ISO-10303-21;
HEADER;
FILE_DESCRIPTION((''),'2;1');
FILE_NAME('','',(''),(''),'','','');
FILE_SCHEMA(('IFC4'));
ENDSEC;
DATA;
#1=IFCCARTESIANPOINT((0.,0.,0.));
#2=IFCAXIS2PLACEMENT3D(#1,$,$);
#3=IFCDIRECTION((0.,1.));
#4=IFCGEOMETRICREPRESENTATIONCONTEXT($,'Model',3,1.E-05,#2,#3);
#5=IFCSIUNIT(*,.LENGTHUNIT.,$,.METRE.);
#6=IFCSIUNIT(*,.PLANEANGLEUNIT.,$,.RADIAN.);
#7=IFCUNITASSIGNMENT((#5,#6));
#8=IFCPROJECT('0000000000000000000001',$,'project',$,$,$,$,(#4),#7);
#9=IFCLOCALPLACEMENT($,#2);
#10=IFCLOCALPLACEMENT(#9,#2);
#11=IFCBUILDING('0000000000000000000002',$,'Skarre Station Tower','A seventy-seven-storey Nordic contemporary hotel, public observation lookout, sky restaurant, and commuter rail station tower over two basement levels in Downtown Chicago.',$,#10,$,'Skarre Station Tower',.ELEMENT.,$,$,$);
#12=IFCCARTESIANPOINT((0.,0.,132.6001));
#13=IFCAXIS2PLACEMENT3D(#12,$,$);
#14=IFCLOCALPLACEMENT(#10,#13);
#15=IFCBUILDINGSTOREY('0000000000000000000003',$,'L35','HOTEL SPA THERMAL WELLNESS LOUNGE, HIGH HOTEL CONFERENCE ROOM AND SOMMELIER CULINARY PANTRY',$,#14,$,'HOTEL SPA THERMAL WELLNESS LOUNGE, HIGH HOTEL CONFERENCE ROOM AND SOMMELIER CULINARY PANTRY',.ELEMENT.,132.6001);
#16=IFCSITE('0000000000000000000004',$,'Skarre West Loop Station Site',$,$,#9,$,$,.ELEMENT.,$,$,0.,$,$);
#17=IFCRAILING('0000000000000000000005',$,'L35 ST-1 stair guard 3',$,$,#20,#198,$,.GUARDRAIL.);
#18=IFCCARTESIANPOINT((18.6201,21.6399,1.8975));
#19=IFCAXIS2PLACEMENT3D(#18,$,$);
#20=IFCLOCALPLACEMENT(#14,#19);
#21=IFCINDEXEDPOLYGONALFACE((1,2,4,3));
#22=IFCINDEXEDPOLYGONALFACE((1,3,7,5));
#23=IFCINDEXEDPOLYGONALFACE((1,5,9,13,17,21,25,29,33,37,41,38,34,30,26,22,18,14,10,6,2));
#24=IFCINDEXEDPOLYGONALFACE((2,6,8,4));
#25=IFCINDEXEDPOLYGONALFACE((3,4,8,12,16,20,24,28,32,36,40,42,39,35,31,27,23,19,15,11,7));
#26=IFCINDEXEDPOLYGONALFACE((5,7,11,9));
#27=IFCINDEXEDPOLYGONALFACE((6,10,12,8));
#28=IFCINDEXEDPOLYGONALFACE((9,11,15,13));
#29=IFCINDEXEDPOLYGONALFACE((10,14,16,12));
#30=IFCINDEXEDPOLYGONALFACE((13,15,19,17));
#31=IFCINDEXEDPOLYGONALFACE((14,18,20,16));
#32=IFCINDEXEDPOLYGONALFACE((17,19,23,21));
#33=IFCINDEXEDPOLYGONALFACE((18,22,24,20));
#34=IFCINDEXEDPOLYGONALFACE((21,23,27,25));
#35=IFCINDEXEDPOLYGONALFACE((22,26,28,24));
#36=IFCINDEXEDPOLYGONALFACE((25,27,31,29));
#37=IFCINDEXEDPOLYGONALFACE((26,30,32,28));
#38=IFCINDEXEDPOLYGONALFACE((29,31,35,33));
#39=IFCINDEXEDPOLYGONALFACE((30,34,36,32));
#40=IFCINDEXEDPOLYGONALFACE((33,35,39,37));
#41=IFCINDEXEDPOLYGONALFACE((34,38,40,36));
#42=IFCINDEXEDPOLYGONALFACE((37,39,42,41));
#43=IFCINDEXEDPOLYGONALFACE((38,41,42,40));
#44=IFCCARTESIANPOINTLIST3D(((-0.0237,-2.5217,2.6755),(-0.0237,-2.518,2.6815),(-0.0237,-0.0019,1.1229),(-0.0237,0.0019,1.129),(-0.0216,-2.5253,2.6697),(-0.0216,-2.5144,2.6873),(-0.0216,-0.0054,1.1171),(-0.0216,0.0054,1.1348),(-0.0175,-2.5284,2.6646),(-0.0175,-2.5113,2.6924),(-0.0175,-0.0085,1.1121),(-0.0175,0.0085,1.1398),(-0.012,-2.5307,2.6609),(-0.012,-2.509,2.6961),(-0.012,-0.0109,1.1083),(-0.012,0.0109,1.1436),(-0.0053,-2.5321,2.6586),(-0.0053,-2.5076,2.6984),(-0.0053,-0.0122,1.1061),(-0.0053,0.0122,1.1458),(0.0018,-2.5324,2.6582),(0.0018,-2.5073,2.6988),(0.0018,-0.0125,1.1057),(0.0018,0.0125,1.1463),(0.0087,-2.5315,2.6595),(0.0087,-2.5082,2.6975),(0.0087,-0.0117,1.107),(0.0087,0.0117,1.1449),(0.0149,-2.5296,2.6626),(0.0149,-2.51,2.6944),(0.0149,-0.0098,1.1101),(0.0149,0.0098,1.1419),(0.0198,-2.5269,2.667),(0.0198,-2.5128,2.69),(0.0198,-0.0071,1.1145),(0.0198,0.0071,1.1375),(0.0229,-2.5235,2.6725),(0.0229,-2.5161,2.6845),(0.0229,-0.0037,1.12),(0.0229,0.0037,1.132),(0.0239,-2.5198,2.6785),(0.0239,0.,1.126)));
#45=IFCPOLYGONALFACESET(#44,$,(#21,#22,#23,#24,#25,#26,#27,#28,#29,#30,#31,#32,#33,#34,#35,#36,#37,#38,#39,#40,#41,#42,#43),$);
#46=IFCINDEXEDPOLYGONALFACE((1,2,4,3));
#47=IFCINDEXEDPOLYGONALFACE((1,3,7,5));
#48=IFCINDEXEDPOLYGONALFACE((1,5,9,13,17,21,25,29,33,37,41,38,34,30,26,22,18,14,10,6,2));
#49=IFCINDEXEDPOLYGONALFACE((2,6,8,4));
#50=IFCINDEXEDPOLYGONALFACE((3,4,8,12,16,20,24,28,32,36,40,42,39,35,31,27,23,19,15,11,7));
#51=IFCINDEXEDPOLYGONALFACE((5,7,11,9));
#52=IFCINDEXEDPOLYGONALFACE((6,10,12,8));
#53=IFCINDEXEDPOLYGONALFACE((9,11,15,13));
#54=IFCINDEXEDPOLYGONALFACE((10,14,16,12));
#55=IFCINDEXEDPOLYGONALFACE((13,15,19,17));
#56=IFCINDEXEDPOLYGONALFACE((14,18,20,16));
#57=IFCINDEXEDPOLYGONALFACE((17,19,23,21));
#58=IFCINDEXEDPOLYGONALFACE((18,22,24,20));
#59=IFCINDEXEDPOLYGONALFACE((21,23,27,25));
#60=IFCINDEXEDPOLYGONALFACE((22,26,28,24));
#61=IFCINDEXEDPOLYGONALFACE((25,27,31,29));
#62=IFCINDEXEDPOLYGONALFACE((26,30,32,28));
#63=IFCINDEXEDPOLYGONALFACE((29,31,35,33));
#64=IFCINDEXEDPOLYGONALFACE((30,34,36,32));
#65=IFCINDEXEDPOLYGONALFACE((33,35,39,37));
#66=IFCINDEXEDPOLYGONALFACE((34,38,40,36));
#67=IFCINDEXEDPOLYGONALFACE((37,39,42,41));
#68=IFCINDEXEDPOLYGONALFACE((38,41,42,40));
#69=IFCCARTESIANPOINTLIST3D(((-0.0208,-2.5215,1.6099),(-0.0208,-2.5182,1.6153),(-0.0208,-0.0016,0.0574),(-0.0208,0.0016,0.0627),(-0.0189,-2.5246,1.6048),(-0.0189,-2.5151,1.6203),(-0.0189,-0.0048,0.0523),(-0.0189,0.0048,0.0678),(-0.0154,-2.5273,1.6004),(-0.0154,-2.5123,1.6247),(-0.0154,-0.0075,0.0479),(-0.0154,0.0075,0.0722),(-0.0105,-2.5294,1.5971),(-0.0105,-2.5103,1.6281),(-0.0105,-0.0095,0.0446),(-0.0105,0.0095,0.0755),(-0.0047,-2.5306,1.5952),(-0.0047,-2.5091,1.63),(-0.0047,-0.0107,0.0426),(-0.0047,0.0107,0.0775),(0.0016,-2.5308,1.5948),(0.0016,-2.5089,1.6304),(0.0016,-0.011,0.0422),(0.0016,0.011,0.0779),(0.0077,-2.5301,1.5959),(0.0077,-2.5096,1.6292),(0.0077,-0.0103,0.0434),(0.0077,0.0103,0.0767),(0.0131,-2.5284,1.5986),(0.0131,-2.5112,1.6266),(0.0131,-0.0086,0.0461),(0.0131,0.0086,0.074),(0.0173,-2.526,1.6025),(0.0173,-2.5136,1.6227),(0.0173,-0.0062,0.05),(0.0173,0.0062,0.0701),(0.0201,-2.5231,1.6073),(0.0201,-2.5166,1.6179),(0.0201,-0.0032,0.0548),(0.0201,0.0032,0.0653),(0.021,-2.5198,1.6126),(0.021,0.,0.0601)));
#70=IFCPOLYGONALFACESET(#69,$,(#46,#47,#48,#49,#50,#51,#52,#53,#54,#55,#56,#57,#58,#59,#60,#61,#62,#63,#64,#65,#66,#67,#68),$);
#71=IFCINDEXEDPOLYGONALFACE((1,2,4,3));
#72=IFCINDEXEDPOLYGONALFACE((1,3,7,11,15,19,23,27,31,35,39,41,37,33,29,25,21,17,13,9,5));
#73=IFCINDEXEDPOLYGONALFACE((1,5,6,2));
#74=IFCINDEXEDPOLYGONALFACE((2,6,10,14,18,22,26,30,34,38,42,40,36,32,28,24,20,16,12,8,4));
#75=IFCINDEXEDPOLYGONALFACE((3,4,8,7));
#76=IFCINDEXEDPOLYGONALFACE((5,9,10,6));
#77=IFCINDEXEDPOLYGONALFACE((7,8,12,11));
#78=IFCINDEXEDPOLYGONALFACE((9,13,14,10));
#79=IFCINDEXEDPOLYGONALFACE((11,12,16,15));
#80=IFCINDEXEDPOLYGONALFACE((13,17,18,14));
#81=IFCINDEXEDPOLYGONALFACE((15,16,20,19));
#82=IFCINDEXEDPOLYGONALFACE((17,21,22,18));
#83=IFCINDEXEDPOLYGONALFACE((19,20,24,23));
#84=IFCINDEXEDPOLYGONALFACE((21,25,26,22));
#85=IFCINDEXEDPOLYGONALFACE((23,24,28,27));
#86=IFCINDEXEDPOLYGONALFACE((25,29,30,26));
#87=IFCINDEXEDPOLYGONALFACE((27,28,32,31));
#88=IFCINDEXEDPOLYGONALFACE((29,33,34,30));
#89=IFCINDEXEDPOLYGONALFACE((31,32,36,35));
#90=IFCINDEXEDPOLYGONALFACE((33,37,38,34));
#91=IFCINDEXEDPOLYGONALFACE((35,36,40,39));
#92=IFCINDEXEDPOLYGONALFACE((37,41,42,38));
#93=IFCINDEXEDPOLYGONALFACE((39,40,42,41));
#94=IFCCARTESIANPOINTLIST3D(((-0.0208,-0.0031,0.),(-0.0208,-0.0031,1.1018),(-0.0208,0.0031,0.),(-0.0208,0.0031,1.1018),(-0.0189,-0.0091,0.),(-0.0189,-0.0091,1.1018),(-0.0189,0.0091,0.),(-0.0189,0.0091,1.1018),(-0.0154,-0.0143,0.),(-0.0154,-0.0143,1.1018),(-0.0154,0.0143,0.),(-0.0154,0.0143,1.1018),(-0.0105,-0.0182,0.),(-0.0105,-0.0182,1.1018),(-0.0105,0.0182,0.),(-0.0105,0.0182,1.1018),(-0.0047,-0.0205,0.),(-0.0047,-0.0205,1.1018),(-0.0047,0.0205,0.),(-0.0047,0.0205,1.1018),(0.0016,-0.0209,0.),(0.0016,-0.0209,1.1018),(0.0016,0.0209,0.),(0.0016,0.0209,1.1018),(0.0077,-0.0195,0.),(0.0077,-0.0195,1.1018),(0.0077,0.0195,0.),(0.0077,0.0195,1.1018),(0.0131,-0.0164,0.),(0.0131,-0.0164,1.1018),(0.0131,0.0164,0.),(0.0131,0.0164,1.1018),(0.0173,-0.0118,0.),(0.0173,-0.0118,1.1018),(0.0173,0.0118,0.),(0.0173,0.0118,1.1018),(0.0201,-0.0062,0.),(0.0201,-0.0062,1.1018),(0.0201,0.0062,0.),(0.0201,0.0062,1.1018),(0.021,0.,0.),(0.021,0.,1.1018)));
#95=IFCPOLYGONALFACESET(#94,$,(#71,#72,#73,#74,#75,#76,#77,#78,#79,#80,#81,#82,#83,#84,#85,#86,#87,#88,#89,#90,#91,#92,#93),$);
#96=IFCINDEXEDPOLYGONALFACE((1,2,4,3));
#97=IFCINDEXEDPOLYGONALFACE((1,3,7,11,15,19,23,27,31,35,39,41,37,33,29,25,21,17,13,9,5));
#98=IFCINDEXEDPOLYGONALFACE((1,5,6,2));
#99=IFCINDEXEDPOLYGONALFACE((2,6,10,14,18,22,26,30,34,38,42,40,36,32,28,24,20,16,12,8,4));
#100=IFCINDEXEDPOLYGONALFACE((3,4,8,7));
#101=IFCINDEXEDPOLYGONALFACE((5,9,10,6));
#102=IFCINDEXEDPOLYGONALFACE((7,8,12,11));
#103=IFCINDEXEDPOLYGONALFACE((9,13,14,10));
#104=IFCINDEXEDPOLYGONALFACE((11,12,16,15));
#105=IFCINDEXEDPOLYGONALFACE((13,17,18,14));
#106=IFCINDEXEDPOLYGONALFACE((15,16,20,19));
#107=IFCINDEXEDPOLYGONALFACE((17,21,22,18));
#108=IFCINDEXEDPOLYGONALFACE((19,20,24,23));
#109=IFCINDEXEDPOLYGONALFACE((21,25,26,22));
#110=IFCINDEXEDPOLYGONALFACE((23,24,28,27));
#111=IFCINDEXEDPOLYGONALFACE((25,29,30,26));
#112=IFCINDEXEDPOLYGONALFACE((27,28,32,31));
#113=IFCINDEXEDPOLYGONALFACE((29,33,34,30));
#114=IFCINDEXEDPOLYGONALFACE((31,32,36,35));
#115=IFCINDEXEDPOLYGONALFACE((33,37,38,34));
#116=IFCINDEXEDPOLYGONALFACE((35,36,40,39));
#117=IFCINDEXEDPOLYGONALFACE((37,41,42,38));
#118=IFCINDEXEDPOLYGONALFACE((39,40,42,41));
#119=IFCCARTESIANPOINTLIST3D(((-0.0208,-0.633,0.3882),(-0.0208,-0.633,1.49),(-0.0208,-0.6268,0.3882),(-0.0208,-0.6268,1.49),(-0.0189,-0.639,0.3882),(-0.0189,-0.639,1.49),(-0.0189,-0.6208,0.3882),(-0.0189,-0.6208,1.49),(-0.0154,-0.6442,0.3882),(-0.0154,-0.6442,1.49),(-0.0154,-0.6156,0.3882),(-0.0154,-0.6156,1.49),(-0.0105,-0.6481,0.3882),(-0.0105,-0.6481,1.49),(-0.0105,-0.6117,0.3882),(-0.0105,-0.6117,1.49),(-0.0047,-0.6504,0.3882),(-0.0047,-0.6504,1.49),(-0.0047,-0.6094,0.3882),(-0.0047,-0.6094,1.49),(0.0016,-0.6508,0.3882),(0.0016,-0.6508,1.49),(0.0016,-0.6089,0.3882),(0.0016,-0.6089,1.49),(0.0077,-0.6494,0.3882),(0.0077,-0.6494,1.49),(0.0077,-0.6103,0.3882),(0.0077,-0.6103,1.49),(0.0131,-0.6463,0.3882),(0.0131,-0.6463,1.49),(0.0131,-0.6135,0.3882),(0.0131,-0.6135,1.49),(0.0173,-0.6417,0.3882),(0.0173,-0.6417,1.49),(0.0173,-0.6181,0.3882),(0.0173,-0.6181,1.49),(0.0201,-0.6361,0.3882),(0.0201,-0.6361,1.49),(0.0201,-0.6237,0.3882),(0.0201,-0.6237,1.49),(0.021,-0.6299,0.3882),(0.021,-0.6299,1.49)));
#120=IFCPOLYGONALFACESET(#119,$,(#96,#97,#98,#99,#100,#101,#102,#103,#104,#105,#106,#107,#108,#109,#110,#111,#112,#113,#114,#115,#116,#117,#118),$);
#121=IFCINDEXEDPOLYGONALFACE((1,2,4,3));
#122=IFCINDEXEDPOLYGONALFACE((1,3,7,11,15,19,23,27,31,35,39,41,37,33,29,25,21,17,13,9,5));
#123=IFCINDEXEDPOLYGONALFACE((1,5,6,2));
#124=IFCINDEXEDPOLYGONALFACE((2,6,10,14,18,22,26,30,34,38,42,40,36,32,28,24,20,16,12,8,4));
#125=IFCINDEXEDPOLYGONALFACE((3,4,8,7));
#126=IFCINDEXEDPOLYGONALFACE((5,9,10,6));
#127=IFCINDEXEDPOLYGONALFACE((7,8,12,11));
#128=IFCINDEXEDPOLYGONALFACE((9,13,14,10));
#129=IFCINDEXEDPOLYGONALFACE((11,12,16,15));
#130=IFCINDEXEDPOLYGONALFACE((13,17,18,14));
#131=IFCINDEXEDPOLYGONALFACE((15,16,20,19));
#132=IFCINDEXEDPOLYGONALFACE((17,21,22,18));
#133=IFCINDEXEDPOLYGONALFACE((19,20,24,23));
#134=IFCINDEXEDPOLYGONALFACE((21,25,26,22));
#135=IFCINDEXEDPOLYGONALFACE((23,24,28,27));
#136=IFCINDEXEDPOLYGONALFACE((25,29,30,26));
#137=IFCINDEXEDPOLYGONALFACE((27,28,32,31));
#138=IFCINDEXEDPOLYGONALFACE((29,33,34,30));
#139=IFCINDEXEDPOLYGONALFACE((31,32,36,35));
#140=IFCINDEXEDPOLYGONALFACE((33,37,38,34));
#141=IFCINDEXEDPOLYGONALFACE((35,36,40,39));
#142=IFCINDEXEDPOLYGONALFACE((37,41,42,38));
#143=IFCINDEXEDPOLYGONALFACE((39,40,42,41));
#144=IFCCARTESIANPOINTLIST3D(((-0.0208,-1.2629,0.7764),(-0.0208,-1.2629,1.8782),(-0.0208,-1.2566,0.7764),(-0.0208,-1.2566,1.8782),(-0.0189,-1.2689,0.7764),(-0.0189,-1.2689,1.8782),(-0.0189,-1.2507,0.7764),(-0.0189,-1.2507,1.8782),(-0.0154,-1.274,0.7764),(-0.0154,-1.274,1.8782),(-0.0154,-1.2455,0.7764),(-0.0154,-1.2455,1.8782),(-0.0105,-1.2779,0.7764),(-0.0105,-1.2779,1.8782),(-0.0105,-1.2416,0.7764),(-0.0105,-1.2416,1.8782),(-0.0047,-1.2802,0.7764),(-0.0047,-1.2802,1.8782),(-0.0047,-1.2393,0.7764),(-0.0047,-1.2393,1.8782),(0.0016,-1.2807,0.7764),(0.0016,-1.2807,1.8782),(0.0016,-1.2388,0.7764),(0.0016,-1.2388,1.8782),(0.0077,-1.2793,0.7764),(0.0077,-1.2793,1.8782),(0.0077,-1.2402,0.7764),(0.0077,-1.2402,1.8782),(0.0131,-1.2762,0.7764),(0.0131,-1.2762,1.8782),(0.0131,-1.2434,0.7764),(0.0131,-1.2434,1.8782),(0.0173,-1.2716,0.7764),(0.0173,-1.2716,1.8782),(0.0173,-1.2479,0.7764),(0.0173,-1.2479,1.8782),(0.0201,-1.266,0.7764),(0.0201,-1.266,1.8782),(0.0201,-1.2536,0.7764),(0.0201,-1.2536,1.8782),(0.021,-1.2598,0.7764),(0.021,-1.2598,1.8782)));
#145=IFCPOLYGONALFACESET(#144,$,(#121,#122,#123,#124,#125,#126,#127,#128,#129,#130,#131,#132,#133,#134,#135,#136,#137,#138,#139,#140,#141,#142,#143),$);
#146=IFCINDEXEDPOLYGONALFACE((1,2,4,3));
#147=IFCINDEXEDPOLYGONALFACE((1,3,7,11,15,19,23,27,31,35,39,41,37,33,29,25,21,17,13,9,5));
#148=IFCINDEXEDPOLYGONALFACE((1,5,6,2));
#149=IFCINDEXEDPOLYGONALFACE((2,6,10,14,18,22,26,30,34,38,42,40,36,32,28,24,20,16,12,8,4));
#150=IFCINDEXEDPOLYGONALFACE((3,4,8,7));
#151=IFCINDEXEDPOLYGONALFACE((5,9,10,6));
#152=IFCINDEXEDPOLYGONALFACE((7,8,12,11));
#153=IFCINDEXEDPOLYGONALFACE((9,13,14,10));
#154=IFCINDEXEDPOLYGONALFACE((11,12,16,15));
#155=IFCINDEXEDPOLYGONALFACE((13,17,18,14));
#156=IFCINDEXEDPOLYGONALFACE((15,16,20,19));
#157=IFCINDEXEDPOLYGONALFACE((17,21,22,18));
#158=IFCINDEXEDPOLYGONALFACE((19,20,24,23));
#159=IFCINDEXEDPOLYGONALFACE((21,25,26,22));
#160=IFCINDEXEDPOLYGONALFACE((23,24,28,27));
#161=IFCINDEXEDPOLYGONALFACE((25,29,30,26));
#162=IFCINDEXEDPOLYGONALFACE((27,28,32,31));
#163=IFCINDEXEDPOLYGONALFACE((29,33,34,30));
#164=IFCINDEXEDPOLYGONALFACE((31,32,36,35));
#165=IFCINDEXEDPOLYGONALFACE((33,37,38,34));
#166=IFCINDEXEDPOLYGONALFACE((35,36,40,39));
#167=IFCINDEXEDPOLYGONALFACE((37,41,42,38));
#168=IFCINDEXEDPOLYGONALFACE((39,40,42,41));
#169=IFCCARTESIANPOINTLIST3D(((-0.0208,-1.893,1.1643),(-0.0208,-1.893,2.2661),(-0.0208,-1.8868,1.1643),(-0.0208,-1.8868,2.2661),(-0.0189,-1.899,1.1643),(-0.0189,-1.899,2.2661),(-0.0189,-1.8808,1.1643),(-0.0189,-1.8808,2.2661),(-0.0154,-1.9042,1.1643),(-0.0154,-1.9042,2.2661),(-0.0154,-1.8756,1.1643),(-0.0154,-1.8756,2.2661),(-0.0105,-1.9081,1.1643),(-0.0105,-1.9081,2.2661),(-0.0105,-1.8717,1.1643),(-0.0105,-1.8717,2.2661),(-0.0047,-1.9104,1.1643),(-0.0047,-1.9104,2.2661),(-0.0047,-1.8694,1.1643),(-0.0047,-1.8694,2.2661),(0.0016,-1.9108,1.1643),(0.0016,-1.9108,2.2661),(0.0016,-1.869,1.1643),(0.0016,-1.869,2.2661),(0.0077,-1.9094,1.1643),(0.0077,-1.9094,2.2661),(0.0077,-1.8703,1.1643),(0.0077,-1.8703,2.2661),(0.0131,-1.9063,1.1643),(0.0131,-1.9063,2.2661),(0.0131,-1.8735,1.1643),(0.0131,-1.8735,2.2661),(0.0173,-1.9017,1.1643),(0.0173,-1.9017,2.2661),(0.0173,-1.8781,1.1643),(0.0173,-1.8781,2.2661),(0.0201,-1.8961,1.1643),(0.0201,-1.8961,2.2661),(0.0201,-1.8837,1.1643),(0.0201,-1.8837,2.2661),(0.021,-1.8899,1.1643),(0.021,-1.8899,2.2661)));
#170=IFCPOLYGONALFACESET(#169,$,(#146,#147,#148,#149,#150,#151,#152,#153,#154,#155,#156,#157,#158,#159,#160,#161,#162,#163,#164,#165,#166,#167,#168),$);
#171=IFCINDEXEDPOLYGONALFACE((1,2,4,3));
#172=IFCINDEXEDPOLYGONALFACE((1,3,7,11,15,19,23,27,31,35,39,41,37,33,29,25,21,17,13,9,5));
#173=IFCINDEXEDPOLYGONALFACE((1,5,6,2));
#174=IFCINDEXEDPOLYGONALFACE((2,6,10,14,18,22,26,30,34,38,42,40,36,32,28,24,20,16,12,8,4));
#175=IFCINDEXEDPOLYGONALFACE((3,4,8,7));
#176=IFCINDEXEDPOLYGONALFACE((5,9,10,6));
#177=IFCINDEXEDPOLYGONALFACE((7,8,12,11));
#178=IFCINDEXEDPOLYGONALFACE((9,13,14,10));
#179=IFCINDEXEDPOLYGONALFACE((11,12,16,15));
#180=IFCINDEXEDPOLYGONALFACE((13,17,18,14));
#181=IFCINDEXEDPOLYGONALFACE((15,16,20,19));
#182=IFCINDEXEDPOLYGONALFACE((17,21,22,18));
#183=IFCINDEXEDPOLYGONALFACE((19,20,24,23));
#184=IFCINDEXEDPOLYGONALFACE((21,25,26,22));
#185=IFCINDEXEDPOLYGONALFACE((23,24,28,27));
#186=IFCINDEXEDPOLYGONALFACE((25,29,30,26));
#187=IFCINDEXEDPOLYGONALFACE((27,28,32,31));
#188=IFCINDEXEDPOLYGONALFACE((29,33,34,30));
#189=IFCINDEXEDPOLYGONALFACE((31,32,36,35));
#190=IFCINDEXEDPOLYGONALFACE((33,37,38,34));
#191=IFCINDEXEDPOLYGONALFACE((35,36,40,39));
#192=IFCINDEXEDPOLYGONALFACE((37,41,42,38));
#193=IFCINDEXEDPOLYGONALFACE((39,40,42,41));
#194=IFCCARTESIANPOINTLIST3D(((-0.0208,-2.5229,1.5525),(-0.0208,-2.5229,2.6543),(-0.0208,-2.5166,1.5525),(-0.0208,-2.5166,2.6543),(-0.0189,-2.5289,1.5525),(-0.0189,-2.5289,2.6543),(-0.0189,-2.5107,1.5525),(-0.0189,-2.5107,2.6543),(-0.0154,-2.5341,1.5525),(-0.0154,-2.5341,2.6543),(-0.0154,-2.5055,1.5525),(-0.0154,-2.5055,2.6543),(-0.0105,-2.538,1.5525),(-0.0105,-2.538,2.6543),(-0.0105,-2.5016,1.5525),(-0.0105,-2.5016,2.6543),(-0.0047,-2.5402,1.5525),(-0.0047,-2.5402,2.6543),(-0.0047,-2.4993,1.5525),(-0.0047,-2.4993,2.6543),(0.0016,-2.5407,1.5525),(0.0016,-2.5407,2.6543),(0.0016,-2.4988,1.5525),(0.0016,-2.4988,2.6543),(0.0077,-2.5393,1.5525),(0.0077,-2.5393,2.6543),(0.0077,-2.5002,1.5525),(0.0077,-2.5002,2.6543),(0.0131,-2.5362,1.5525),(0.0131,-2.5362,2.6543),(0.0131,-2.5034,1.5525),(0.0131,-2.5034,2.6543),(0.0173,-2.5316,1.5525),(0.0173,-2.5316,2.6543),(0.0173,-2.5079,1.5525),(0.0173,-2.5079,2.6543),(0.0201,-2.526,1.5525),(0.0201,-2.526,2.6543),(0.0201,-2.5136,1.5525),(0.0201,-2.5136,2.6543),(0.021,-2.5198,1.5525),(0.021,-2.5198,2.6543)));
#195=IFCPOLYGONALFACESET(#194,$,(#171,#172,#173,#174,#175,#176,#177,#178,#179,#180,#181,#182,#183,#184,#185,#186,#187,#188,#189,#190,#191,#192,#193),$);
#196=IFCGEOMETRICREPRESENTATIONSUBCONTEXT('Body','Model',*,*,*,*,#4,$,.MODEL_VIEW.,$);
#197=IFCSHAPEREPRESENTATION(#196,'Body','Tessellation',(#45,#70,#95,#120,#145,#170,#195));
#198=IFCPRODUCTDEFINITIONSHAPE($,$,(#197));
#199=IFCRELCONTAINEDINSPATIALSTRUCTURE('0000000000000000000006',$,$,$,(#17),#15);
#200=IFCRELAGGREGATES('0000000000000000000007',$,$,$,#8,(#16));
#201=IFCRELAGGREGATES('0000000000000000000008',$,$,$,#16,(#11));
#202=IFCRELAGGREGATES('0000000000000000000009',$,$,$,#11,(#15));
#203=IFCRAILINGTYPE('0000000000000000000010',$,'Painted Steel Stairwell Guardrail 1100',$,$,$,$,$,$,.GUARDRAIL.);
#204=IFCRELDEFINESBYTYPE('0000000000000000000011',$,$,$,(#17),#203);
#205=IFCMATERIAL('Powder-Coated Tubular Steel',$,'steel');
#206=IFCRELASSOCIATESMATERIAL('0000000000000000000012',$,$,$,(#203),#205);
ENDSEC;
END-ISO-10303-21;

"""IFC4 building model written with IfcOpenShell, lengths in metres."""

from ifc_helpers import new_model, si_unit, direction, frame, origin, origin_2d, place, context, subcontext, project, spatial, circle, extrude, material, type_object, element, save


model = new_model("IFC4")

# Units and contexts
model_context = context("Model", 3, precision=1e-05, world=origin(), true_north=direction((0.0, 1.0)))
body_context = subcontext(model_context, "Body", "Model", "MODEL_VIEW")
ifc_project = project(units=[si_unit("LENGTHUNIT", "METRE"), si_unit("PLANEANGLEUNIT", "RADIAN")], contexts=[model_context])

# Site, building, storey
site_placement = place(None, origin())
site = spatial("IfcSite", under=ifc_project, at=site_placement, Name="Skarre West Loop Station Site", CompositionType="ELEMENT", RefElevation=0.0)
building_placement = place(site_placement, origin())
building = spatial("IfcBuilding", under=site, at=building_placement, Name="Skarre Station Tower", Description="A seventy-seven-storey Nordic contemporary hotel, public observation lookout, sky restaurant, and commuter rail station tower over two basement levels in Downtown Chicago.", LongName="Skarre Station Tower", CompositionType="ELEMENT")
storey_placement = place(building_placement, frame((0.0, 0.0, 132.6001)))
storey = spatial("IfcBuildingStorey", under=building, at=storey_placement, Name="L35", Description="HOTEL SPA THERMAL WELLNESS LOUNGE, HIGH HOTEL CONFERENCE ROOM AND SOMMELIER CULINARY PANTRY", LongName="HOTEL SPA THERMAL WELLNESS LOUNGE, HIGH HOTEL CONFERENCE ROOM AND SOMMELIER CULINARY PANTRY", CompositionType="ELEMENT", Elevation=132.6001)

# Railing
ifc_material_1 = material(Name="Powder-Coated Tubular Steel", Category="steel")
railing_type_1 = type_object("IfcRailingType", Name="Painted Steel Stairwell Guardrail 1100", PredefinedType="GUARDRAIL", material=ifc_material_1)
railing_1_placement = place(storey_placement, frame((18.6201, 21.6399, 1.8975)))
element("IfcRailing", 1, at=railing_1_placement, inside=storey, type_object=railing_type_1, Name="L35 ST-1 stair guard 3", PredefinedType="GUARDRAIL", context=body_context, shape_type="SweptSolid", body=[
    extrude(circle(Radius=0.0239, at=origin_2d()), frame((0.0, 0.0, 1.126), z_axis=(0.0, -0.851378, 0.524553), x_axis=(1.0, 0.0, 0.0)), (0.0, 0.0, 1.0), 2.9597),
    extrude(circle(Radius=0.021, at=origin_2d()), frame((0.0, 0.0, 0.0601), z_axis=(0.0, -0.851378, 0.524553), x_axis=(1.0, 0.0, 0.0)), (0.0, 0.0, 1.0), 2.9597),
    extrude(circle(Radius=0.021, at=origin_2d()), origin(), (0.0, 0.0, 1.0), 1.1018),
    extrude(circle(Radius=0.021, at=origin_2d()), frame((0.0, -0.6299, 0.3882)), (0.0, 0.0, 1.0), 1.1018),
    extrude(circle(Radius=0.021, at=origin_2d()), frame((0.0, -1.2598, 0.7764)), (0.0, 0.0, 1.0), 1.1018),
    extrude(circle(Radius=0.021, at=origin_2d()), frame((0.0, -1.8899, 1.1643)), (0.0, 0.0, 1.0), 1.1018),
    extrude(circle(Radius=0.021, at=origin_2d()), frame((0.0, -2.5198, 1.5525)), (0.0, 0.0, 1.0), 1.1018),
])

save(model, "model.ifc")
